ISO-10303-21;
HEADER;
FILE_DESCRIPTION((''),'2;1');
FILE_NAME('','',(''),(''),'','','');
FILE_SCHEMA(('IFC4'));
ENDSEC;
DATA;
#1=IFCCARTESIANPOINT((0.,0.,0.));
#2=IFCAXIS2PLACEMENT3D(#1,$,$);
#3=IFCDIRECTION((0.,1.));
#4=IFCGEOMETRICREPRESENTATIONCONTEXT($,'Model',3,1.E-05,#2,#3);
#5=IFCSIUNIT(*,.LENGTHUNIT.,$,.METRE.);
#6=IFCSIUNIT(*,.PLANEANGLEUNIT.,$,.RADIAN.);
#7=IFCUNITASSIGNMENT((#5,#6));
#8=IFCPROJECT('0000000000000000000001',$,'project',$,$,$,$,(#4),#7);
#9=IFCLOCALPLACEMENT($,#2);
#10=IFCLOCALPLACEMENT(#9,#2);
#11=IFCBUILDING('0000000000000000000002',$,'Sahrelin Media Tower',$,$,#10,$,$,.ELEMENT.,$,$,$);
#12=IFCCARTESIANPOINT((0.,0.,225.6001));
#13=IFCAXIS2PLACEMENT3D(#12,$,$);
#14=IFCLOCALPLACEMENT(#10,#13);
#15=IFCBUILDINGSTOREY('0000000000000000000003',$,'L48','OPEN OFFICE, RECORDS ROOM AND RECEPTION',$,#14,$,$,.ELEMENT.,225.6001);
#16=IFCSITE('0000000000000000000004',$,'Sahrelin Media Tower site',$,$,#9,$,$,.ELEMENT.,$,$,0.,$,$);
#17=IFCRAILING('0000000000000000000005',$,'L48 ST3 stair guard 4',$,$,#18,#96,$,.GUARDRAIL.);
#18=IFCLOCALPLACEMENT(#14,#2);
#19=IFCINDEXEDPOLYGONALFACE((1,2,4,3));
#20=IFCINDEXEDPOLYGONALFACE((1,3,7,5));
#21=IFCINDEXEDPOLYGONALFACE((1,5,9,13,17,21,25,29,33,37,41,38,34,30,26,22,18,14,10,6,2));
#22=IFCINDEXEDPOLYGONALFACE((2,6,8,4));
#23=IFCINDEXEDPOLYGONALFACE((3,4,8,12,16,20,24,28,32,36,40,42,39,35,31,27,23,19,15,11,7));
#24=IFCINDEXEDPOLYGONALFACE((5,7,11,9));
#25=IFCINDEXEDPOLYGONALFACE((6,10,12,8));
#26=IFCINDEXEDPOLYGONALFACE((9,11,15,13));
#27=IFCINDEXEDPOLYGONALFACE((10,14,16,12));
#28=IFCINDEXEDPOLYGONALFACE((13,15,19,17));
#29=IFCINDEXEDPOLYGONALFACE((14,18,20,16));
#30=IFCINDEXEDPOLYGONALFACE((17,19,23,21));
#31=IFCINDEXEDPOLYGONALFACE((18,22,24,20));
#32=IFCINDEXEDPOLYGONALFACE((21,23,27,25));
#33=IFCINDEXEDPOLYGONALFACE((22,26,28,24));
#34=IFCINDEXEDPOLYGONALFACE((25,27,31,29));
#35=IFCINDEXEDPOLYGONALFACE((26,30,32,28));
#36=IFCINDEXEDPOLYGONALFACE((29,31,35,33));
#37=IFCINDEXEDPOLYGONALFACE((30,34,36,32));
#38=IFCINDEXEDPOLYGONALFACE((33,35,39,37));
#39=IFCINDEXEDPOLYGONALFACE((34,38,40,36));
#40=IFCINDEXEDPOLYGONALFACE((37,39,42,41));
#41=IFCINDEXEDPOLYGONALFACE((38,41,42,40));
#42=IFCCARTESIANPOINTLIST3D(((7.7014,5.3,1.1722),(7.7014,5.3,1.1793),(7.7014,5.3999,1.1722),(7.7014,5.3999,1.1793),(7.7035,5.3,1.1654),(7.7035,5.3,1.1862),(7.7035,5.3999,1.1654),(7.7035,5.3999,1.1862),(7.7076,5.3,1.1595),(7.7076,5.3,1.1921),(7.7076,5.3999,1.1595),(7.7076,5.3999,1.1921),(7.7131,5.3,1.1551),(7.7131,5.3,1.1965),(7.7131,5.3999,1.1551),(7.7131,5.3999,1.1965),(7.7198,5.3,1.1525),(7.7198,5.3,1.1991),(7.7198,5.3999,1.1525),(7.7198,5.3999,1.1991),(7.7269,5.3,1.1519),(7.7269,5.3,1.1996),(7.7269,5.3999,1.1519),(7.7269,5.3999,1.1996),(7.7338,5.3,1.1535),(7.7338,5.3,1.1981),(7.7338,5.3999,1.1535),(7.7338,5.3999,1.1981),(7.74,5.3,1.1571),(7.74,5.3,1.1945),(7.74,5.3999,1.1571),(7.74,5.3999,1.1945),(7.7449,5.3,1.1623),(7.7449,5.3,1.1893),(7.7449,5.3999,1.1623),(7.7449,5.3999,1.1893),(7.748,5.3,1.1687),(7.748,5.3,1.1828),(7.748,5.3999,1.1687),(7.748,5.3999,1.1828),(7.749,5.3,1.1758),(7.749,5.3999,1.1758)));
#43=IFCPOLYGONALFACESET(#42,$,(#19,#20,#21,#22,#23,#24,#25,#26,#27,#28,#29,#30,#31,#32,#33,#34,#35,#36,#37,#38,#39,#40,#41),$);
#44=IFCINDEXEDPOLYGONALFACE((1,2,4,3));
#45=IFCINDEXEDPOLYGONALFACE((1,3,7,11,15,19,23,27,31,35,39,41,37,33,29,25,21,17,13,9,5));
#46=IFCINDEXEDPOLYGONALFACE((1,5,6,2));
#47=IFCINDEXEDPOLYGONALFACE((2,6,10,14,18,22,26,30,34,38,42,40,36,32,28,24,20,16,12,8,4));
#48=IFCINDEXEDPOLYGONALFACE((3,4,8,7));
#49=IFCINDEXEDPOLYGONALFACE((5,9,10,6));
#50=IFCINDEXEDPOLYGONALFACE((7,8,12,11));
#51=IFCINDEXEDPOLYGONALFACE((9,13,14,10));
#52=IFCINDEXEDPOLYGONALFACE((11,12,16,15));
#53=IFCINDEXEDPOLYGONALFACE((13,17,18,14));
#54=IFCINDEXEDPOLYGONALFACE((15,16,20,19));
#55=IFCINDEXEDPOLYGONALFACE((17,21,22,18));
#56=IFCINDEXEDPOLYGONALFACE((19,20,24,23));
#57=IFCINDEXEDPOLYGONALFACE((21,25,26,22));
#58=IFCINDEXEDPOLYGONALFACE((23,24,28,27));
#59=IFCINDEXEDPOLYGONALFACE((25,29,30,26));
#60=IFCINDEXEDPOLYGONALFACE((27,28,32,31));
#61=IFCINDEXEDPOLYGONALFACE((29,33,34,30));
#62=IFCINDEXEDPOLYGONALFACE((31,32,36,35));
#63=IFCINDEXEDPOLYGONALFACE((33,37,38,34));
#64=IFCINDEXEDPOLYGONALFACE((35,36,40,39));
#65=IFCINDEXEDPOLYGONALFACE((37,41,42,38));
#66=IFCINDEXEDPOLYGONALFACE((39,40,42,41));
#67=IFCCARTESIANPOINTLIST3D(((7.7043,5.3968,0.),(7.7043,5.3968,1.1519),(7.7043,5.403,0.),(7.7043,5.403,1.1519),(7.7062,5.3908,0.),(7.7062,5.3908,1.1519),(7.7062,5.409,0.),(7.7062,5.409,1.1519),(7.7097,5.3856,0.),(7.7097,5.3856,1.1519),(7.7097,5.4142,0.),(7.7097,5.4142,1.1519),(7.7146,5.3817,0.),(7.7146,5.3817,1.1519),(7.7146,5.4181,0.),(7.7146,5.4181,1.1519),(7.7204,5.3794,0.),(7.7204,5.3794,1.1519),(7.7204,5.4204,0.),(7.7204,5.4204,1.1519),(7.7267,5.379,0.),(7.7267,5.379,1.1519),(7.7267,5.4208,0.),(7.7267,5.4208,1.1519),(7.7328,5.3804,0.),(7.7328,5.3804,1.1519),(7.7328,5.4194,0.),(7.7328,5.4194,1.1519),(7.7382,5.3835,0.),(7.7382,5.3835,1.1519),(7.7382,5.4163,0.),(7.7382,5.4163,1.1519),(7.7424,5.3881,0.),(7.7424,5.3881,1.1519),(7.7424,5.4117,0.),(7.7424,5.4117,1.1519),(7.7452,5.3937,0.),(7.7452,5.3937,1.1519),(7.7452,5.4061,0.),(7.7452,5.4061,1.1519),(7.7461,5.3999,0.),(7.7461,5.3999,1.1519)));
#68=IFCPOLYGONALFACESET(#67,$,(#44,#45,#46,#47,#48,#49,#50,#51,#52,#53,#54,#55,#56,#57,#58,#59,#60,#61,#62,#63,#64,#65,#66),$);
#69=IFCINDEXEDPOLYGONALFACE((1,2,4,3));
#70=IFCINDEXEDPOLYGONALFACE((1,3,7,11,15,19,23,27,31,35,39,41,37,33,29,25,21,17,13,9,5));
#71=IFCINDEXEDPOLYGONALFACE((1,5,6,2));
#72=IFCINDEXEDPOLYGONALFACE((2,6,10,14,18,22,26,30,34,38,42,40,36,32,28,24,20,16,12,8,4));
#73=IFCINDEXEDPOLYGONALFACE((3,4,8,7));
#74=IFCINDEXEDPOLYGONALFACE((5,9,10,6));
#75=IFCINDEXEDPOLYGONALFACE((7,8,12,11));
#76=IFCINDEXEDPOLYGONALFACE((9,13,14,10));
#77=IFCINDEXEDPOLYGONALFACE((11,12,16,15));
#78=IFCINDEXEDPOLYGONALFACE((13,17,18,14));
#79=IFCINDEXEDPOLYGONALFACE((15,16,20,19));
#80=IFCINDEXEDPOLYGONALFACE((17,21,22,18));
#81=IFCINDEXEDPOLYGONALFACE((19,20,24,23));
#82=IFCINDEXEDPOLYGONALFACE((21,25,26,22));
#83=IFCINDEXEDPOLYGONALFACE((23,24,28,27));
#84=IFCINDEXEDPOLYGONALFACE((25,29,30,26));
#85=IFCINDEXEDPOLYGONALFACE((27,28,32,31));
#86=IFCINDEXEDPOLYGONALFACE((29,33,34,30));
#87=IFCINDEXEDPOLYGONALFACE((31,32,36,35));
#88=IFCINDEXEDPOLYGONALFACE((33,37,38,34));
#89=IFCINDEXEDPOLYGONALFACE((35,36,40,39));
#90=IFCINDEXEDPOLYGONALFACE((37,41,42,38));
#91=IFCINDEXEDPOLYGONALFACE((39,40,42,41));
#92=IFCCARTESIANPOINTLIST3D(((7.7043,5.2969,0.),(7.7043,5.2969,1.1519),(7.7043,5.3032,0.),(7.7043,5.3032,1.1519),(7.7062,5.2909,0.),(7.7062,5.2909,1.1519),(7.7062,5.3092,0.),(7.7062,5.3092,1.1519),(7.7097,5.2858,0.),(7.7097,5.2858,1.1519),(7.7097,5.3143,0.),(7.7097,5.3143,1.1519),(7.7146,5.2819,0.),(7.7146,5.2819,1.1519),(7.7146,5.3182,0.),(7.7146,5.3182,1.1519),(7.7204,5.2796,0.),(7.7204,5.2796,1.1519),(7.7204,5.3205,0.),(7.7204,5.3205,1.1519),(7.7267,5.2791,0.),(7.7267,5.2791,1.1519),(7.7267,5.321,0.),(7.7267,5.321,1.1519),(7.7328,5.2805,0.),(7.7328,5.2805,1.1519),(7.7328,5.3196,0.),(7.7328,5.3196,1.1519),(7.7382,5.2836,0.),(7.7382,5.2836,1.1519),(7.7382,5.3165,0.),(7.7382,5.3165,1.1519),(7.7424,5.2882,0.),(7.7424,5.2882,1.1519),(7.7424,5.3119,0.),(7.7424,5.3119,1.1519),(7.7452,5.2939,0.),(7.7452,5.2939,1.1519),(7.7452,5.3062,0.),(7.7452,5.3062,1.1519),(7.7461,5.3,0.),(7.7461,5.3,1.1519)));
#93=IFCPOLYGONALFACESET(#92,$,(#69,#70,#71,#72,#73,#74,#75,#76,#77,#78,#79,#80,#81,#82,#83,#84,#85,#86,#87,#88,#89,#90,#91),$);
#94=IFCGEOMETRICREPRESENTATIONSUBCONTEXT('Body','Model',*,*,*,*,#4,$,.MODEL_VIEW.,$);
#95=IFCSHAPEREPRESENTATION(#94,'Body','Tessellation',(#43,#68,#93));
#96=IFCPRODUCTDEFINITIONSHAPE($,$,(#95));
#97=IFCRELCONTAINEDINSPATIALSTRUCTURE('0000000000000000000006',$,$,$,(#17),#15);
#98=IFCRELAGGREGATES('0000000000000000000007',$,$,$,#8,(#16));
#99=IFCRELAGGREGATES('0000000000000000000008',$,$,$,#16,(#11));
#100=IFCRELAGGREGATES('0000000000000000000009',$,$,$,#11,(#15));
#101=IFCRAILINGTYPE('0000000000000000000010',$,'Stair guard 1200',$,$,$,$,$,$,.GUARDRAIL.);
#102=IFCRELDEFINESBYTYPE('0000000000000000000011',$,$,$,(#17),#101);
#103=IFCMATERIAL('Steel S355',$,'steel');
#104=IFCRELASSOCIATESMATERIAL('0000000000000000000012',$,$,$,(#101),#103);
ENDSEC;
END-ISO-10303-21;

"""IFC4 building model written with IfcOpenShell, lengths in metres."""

from ifc_helpers import new_model, si_unit, direction, frame, origin, origin_2d, place, context, subcontext, project, spatial, circle, extrude, material, type_object, element, save


model = new_model("IFC4")

# Units and contexts
model_context = context("Model", 3, precision=1e-05, world=origin(), true_north=direction((0.0, 1.0)))
body_context = subcontext(model_context, "Body", "Model", "MODEL_VIEW")
ifc_project = project(units=[si_unit("LENGTHUNIT", "METRE"), si_unit("PLANEANGLEUNIT", "RADIAN")], contexts=[model_context])

# Site, building, storey
site_placement = place(None, origin())
site = spatial("IfcSite", under=ifc_project, at=site_placement, Name="Sahrelin Media Tower site", CompositionType="ELEMENT", RefElevation=0.0)
building_placement = place(site_placement, origin())
building = spatial("IfcBuilding", under=site, at=building_placement, Name="Sahrelin Media Tower", CompositionType="ELEMENT")
storey_placement = place(building_placement, frame((0.0, 0.0, 225.6001)))
storey = spatial("IfcBuildingStorey", under=building, at=storey_placement, Name="L48", Description="OPEN OFFICE, RECORDS ROOM AND RECEPTION", CompositionType="ELEMENT", Elevation=225.6001)

# Shared definitions
ifc_material_1 = material(Name="Steel S355", Category="steel")

# Railing
railing_type_1 = type_object("IfcRailingType", Name="Stair guard 1200", PredefinedType="GUARDRAIL", material=ifc_material_1)
railing_1_placement = place(storey_placement, frame((7.7251, 5.3999, 0.0)))
element("IfcRailing", 1, at=railing_1_placement, inside=storey, type_object=railing_type_1, Name="L48 ST3 stair guard 4", PredefinedType="GUARDRAIL", context=body_context, shape_type="SweptSolid", body=[
    extrude(circle(Radius=0.0239, at=origin_2d()), frame((0.0, 0.0, 1.1758), z_axis=(0.0, -1.0, 0.0), x_axis=(1.0, 0.0, 0.0)), (0.0, 0.0, 1.0), 0.0999),
    extrude(circle(Radius=0.021, at=origin_2d()), origin(), (0.0, 0.0, 1.0), 1.1519),
    extrude(circle(Radius=0.021, at=origin_2d()), frame((0.0, -0.0999, 0.0)), (0.0, 0.0, 1.0), 1.1519),
])

save(model, "model.ifc")
